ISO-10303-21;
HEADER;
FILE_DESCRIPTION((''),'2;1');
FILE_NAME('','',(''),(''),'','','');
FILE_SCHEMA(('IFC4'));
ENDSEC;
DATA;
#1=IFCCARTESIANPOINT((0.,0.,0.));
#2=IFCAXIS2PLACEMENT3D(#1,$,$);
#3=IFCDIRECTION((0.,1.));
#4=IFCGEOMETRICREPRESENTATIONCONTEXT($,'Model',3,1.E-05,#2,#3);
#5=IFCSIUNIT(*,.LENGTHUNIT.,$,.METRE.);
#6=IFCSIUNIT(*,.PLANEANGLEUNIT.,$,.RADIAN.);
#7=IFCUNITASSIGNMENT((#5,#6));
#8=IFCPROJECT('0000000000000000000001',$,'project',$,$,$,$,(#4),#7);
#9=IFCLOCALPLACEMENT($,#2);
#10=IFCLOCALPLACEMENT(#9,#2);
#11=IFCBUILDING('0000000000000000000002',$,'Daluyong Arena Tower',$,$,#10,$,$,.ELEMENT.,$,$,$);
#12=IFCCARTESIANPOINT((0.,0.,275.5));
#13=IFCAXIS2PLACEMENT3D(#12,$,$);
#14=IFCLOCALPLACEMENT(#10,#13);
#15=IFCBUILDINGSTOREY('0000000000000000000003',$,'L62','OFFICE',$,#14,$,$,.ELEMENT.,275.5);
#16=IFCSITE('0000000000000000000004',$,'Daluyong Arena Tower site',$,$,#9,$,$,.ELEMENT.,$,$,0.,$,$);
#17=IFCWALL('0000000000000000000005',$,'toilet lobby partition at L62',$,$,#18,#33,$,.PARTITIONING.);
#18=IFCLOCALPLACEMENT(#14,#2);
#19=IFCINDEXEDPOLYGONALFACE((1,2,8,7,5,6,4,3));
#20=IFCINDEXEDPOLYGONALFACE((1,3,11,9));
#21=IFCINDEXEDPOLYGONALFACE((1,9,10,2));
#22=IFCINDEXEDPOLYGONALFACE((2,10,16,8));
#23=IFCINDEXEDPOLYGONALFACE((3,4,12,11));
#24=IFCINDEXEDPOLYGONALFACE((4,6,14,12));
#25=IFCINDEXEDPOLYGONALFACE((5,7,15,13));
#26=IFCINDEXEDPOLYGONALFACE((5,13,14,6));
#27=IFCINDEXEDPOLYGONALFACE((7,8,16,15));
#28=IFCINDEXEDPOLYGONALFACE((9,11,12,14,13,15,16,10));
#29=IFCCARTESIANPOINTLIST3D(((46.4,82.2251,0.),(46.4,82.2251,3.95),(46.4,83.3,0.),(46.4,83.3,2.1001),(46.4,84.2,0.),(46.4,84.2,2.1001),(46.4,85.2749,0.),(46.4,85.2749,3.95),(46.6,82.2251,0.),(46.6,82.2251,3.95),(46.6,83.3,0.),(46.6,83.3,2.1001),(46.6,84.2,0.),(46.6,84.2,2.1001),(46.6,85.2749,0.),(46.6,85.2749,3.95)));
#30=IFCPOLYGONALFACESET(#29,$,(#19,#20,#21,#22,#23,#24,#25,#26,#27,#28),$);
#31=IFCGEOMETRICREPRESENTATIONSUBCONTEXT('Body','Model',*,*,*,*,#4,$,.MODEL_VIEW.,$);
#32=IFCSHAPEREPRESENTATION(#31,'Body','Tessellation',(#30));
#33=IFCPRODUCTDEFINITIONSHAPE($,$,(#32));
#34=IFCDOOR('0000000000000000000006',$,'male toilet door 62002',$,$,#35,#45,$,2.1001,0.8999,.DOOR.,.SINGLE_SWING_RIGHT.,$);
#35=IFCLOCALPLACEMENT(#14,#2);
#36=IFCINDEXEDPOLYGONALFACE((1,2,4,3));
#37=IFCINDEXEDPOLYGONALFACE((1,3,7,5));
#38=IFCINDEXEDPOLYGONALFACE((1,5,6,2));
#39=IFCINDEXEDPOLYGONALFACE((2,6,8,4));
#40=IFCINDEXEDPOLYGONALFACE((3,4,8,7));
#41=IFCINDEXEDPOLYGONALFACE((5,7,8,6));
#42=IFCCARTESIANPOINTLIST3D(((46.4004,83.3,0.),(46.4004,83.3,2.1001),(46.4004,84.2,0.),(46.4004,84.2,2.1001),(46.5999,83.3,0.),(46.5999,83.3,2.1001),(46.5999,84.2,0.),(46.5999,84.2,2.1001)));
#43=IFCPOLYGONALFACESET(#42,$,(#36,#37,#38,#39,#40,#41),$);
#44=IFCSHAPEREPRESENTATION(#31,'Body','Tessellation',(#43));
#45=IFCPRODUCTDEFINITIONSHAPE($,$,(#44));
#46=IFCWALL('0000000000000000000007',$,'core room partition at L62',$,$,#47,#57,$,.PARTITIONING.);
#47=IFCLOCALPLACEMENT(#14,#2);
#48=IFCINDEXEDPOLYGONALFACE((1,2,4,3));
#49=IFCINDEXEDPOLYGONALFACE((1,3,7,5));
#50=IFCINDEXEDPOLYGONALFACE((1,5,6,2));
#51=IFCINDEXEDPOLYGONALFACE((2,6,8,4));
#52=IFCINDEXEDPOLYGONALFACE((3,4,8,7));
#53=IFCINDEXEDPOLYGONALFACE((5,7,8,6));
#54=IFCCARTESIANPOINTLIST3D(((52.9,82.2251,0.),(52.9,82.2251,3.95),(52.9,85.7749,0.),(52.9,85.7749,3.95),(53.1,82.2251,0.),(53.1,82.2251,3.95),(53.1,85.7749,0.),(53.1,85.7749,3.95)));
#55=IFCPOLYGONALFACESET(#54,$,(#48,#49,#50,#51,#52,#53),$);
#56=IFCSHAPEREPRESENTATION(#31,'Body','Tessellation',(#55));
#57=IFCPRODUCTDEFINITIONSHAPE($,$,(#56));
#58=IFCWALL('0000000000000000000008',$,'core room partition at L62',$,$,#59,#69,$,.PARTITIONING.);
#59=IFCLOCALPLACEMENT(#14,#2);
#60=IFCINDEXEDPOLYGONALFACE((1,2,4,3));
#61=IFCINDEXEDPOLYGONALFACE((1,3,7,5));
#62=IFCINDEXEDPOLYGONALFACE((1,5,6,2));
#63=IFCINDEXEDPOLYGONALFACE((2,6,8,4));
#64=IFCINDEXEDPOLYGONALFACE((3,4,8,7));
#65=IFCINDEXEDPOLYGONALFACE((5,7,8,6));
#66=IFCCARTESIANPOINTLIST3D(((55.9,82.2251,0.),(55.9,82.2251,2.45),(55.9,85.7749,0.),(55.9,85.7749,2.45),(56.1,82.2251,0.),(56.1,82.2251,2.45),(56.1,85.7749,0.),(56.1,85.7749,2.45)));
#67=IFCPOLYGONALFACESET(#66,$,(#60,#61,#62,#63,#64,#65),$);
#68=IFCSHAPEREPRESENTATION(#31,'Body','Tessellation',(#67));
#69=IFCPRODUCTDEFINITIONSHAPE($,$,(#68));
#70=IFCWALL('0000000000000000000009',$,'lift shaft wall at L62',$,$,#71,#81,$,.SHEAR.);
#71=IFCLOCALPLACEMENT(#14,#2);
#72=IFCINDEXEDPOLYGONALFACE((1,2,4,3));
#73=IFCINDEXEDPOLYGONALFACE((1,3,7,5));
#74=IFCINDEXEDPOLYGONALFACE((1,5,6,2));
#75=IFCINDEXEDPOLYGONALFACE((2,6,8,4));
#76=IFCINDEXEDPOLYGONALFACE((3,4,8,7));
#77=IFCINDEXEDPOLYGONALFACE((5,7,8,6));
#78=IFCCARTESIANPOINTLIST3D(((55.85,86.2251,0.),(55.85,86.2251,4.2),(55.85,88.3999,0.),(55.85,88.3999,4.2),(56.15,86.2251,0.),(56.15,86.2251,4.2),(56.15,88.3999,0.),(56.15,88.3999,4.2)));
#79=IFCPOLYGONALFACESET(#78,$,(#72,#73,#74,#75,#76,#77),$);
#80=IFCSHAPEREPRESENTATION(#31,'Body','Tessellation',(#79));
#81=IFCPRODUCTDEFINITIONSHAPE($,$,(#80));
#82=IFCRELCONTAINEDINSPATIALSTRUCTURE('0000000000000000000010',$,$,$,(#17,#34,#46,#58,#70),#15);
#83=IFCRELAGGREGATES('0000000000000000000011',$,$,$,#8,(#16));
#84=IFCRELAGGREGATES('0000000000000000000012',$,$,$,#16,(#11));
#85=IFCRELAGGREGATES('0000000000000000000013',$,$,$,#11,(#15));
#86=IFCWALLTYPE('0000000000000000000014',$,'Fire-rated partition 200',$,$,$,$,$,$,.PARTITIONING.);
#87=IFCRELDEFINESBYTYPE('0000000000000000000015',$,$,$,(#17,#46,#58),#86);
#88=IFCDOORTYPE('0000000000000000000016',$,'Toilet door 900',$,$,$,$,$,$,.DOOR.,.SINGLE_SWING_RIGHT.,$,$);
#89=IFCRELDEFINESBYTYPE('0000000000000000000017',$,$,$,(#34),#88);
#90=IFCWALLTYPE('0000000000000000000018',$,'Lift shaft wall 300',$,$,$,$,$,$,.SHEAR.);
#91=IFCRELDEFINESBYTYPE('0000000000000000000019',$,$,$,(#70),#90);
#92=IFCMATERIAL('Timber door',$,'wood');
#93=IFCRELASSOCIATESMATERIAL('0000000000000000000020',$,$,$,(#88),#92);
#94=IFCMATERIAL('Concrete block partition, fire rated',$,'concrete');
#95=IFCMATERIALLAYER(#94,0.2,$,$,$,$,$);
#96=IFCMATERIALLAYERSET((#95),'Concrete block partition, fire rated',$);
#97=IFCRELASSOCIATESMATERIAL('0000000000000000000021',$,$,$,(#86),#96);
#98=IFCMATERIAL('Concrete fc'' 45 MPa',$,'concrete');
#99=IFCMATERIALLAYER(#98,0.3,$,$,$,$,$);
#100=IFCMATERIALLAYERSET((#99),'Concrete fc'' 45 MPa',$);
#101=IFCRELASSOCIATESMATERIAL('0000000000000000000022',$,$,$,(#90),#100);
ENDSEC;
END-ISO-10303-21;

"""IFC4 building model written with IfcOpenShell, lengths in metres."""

from ifc_helpers import new_model, si_unit, direction, frame, frame_2d, origin, place, context, subcontext, project, spatial, rectangle, extrude, material, layer, layer_set, type_object, element, fill, save


model = new_model("IFC4")

# Units and contexts
model_context = context("Model", 3, precision=1e-05, world=origin(), true_north=direction((0.0, 1.0)))
body_context = subcontext(model_context, "Body", "Model", "MODEL_VIEW")
ifc_project = project(units=[si_unit("LENGTHUNIT", "METRE"), si_unit("PLANEANGLEUNIT", "RADIAN")], contexts=[model_context])

# Site, building, storey
site_placement = place(None, origin())
site = spatial("IfcSite", under=ifc_project, at=site_placement, Name="Daluyong Arena Tower site", CompositionType="ELEMENT", RefElevation=0.0)
building_placement = place(site_placement, origin())
building = spatial("IfcBuilding", under=site, at=building_placement, Name="Daluyong Arena Tower", CompositionType="ELEMENT")
storey_placement = place(building_placement, frame((0.0, 0.0, 275.5)))
storey = spatial("IfcBuildingStorey", under=building, at=storey_placement, Name="L62", Description="OFFICE", CompositionType="ELEMENT", Elevation=275.5)

# Shared definitions
ifc_material_1 = material(Name="Timber door", Category="wood")
door_type_1 = type_object("IfcDoorType", Name="Toilet door 900", OperationType="SINGLE_SWING_RIGHT", PredefinedType="DOOR", material=ifc_material_1)

# Wall, opening, door
ifc_material_2 = material(Name="Concrete block partition, fire rated", Category="concrete")
ifc_layer_1 = layer(ifc_material_2, 0.2)
ifc_layer_set_1 = layer_set([ifc_layer_1], Name="Concrete block partition, fire rated")
wall_type_1 = type_object("IfcWallType", Name="Fire-rated partition 200", PredefinedType="PARTITIONING", material=ifc_layer_set_1)
wall_1_placement = place(storey_placement, frame((46.5, 82.2251, 0.0), z_axis=(0.0, 0.0, 1.0), x_axis=(0.0, 1.0, 0.0)))
wall_1 = element("IfcWall", 1, at=wall_1_placement, inside=storey, type_object=wall_type_1, Name="toilet lobby partition at L62", PredefinedType="PARTITIONING", context=body_context, shape_type="SweptSolid", body=[
    extrude(rectangle(XDim=3.0498, YDim=0.2, at=frame_2d((1.5249, 0.0))), origin(), (0.0, 0.0, 1.0), 3.95),
])
opening_1_placement = place(wall_1_placement, frame((1.075, 0.0, 0.0)))
opening_1 = element("IfcOpeningElement", 2, at=opening_1_placement, cuts=wall_1, PredefinedType="OPENING", context=body_context, shape_type="SweptSolid", body=[
    extrude(rectangle(XDim=0.8999, YDim=2.1001, at=frame_2d((0.45, 1.05))), frame((0.0, 0.1099, 0.0), z_axis=(0.0, -1.0, 0.0), x_axis=(1.0, 0.0, 0.0)), (0.0, 0.0, 1.0), 0.22),
])
door_1_placement = place(opening_1_placement, origin())
door_1 = element("IfcDoor", 3, at=door_1_placement, inside=storey, type_object=door_type_1, Name="male toilet door 62002", OperationType="SINGLE_SWING_RIGHT", OverallHeight=2.1001, OverallWidth=0.8999, PredefinedType="DOOR", context=body_context, shape_type="SweptSolid", body=[
    extrude(rectangle(XDim=0.8999, YDim=2.1001, at=frame_2d((0.45, 1.05))), frame((0.0, 0.0996, 0.0), z_axis=(0.0, -1.0, 0.0), x_axis=(1.0, 0.0, 0.0)), (0.0, 0.0, 1.0), 0.1995),
])
fill(opening_1, door_1)

# Walls
wall_2_placement = place(storey_placement, frame((53.0, 82.2251, 0.0), z_axis=(0.0, 0.0, 1.0), x_axis=(0.0, 1.0, 0.0)))
element("IfcWall", 4, at=wall_2_placement, inside=storey, type_object=wall_type_1, Name="core room partition at L62", PredefinedType="PARTITIONING", context=body_context, shape_type="SweptSolid", body=[
    extrude(rectangle(XDim=3.5498, YDim=0.2, at=frame_2d((1.7749, 0.0))), origin(), (0.0, 0.0, 1.0), 3.95),
])
wall_3_placement = place(storey_placement, frame((56.0, 82.2251, 0.0), z_axis=(0.0, 0.0, 1.0), x_axis=(0.0, 1.0, 0.0)))
element("IfcWall", 5, at=wall_3_placement, inside=storey, type_object=wall_type_1, Name="core room partition at L62", PredefinedType="PARTITIONING", context=body_context, shape_type="SweptSolid", body=[
    extrude(rectangle(XDim=3.5498, YDim=0.2, at=frame_2d((1.7749, 0.0))), origin(), (0.0, 0.0, 1.0), 2.45),
])
ifc_material_3 = material(Name="Concrete fc' 45 MPa", Category="concrete")
ifc_layer_2 = layer(ifc_material_3, 0.3)
ifc_layer_set_2 = layer_set([ifc_layer_2], Name="Concrete fc' 45 MPa")
wall_type_2 = type_object("IfcWallType", Name="Lift shaft wall 300", PredefinedType="SHEAR", material=ifc_layer_set_2)
wall_4_placement = place(storey_placement, frame((56.0, 86.2251, 0.0), z_axis=(0.0, 0.0, 1.0), x_axis=(0.0, 1.0, 0.0)))
element("IfcWall", 6, at=wall_4_placement, inside=storey, type_object=wall_type_2, Name="lift shaft wall at L62", PredefinedType="SHEAR", context=body_context, shape_type="SweptSolid", body=[
    extrude(rectangle(XDim=2.1748, YDim=0.3, at=frame_2d((1.0874, 0.0))), origin(), (0.0, 0.0, 1.0), 4.2),
])

save(model, "model.ifc")
